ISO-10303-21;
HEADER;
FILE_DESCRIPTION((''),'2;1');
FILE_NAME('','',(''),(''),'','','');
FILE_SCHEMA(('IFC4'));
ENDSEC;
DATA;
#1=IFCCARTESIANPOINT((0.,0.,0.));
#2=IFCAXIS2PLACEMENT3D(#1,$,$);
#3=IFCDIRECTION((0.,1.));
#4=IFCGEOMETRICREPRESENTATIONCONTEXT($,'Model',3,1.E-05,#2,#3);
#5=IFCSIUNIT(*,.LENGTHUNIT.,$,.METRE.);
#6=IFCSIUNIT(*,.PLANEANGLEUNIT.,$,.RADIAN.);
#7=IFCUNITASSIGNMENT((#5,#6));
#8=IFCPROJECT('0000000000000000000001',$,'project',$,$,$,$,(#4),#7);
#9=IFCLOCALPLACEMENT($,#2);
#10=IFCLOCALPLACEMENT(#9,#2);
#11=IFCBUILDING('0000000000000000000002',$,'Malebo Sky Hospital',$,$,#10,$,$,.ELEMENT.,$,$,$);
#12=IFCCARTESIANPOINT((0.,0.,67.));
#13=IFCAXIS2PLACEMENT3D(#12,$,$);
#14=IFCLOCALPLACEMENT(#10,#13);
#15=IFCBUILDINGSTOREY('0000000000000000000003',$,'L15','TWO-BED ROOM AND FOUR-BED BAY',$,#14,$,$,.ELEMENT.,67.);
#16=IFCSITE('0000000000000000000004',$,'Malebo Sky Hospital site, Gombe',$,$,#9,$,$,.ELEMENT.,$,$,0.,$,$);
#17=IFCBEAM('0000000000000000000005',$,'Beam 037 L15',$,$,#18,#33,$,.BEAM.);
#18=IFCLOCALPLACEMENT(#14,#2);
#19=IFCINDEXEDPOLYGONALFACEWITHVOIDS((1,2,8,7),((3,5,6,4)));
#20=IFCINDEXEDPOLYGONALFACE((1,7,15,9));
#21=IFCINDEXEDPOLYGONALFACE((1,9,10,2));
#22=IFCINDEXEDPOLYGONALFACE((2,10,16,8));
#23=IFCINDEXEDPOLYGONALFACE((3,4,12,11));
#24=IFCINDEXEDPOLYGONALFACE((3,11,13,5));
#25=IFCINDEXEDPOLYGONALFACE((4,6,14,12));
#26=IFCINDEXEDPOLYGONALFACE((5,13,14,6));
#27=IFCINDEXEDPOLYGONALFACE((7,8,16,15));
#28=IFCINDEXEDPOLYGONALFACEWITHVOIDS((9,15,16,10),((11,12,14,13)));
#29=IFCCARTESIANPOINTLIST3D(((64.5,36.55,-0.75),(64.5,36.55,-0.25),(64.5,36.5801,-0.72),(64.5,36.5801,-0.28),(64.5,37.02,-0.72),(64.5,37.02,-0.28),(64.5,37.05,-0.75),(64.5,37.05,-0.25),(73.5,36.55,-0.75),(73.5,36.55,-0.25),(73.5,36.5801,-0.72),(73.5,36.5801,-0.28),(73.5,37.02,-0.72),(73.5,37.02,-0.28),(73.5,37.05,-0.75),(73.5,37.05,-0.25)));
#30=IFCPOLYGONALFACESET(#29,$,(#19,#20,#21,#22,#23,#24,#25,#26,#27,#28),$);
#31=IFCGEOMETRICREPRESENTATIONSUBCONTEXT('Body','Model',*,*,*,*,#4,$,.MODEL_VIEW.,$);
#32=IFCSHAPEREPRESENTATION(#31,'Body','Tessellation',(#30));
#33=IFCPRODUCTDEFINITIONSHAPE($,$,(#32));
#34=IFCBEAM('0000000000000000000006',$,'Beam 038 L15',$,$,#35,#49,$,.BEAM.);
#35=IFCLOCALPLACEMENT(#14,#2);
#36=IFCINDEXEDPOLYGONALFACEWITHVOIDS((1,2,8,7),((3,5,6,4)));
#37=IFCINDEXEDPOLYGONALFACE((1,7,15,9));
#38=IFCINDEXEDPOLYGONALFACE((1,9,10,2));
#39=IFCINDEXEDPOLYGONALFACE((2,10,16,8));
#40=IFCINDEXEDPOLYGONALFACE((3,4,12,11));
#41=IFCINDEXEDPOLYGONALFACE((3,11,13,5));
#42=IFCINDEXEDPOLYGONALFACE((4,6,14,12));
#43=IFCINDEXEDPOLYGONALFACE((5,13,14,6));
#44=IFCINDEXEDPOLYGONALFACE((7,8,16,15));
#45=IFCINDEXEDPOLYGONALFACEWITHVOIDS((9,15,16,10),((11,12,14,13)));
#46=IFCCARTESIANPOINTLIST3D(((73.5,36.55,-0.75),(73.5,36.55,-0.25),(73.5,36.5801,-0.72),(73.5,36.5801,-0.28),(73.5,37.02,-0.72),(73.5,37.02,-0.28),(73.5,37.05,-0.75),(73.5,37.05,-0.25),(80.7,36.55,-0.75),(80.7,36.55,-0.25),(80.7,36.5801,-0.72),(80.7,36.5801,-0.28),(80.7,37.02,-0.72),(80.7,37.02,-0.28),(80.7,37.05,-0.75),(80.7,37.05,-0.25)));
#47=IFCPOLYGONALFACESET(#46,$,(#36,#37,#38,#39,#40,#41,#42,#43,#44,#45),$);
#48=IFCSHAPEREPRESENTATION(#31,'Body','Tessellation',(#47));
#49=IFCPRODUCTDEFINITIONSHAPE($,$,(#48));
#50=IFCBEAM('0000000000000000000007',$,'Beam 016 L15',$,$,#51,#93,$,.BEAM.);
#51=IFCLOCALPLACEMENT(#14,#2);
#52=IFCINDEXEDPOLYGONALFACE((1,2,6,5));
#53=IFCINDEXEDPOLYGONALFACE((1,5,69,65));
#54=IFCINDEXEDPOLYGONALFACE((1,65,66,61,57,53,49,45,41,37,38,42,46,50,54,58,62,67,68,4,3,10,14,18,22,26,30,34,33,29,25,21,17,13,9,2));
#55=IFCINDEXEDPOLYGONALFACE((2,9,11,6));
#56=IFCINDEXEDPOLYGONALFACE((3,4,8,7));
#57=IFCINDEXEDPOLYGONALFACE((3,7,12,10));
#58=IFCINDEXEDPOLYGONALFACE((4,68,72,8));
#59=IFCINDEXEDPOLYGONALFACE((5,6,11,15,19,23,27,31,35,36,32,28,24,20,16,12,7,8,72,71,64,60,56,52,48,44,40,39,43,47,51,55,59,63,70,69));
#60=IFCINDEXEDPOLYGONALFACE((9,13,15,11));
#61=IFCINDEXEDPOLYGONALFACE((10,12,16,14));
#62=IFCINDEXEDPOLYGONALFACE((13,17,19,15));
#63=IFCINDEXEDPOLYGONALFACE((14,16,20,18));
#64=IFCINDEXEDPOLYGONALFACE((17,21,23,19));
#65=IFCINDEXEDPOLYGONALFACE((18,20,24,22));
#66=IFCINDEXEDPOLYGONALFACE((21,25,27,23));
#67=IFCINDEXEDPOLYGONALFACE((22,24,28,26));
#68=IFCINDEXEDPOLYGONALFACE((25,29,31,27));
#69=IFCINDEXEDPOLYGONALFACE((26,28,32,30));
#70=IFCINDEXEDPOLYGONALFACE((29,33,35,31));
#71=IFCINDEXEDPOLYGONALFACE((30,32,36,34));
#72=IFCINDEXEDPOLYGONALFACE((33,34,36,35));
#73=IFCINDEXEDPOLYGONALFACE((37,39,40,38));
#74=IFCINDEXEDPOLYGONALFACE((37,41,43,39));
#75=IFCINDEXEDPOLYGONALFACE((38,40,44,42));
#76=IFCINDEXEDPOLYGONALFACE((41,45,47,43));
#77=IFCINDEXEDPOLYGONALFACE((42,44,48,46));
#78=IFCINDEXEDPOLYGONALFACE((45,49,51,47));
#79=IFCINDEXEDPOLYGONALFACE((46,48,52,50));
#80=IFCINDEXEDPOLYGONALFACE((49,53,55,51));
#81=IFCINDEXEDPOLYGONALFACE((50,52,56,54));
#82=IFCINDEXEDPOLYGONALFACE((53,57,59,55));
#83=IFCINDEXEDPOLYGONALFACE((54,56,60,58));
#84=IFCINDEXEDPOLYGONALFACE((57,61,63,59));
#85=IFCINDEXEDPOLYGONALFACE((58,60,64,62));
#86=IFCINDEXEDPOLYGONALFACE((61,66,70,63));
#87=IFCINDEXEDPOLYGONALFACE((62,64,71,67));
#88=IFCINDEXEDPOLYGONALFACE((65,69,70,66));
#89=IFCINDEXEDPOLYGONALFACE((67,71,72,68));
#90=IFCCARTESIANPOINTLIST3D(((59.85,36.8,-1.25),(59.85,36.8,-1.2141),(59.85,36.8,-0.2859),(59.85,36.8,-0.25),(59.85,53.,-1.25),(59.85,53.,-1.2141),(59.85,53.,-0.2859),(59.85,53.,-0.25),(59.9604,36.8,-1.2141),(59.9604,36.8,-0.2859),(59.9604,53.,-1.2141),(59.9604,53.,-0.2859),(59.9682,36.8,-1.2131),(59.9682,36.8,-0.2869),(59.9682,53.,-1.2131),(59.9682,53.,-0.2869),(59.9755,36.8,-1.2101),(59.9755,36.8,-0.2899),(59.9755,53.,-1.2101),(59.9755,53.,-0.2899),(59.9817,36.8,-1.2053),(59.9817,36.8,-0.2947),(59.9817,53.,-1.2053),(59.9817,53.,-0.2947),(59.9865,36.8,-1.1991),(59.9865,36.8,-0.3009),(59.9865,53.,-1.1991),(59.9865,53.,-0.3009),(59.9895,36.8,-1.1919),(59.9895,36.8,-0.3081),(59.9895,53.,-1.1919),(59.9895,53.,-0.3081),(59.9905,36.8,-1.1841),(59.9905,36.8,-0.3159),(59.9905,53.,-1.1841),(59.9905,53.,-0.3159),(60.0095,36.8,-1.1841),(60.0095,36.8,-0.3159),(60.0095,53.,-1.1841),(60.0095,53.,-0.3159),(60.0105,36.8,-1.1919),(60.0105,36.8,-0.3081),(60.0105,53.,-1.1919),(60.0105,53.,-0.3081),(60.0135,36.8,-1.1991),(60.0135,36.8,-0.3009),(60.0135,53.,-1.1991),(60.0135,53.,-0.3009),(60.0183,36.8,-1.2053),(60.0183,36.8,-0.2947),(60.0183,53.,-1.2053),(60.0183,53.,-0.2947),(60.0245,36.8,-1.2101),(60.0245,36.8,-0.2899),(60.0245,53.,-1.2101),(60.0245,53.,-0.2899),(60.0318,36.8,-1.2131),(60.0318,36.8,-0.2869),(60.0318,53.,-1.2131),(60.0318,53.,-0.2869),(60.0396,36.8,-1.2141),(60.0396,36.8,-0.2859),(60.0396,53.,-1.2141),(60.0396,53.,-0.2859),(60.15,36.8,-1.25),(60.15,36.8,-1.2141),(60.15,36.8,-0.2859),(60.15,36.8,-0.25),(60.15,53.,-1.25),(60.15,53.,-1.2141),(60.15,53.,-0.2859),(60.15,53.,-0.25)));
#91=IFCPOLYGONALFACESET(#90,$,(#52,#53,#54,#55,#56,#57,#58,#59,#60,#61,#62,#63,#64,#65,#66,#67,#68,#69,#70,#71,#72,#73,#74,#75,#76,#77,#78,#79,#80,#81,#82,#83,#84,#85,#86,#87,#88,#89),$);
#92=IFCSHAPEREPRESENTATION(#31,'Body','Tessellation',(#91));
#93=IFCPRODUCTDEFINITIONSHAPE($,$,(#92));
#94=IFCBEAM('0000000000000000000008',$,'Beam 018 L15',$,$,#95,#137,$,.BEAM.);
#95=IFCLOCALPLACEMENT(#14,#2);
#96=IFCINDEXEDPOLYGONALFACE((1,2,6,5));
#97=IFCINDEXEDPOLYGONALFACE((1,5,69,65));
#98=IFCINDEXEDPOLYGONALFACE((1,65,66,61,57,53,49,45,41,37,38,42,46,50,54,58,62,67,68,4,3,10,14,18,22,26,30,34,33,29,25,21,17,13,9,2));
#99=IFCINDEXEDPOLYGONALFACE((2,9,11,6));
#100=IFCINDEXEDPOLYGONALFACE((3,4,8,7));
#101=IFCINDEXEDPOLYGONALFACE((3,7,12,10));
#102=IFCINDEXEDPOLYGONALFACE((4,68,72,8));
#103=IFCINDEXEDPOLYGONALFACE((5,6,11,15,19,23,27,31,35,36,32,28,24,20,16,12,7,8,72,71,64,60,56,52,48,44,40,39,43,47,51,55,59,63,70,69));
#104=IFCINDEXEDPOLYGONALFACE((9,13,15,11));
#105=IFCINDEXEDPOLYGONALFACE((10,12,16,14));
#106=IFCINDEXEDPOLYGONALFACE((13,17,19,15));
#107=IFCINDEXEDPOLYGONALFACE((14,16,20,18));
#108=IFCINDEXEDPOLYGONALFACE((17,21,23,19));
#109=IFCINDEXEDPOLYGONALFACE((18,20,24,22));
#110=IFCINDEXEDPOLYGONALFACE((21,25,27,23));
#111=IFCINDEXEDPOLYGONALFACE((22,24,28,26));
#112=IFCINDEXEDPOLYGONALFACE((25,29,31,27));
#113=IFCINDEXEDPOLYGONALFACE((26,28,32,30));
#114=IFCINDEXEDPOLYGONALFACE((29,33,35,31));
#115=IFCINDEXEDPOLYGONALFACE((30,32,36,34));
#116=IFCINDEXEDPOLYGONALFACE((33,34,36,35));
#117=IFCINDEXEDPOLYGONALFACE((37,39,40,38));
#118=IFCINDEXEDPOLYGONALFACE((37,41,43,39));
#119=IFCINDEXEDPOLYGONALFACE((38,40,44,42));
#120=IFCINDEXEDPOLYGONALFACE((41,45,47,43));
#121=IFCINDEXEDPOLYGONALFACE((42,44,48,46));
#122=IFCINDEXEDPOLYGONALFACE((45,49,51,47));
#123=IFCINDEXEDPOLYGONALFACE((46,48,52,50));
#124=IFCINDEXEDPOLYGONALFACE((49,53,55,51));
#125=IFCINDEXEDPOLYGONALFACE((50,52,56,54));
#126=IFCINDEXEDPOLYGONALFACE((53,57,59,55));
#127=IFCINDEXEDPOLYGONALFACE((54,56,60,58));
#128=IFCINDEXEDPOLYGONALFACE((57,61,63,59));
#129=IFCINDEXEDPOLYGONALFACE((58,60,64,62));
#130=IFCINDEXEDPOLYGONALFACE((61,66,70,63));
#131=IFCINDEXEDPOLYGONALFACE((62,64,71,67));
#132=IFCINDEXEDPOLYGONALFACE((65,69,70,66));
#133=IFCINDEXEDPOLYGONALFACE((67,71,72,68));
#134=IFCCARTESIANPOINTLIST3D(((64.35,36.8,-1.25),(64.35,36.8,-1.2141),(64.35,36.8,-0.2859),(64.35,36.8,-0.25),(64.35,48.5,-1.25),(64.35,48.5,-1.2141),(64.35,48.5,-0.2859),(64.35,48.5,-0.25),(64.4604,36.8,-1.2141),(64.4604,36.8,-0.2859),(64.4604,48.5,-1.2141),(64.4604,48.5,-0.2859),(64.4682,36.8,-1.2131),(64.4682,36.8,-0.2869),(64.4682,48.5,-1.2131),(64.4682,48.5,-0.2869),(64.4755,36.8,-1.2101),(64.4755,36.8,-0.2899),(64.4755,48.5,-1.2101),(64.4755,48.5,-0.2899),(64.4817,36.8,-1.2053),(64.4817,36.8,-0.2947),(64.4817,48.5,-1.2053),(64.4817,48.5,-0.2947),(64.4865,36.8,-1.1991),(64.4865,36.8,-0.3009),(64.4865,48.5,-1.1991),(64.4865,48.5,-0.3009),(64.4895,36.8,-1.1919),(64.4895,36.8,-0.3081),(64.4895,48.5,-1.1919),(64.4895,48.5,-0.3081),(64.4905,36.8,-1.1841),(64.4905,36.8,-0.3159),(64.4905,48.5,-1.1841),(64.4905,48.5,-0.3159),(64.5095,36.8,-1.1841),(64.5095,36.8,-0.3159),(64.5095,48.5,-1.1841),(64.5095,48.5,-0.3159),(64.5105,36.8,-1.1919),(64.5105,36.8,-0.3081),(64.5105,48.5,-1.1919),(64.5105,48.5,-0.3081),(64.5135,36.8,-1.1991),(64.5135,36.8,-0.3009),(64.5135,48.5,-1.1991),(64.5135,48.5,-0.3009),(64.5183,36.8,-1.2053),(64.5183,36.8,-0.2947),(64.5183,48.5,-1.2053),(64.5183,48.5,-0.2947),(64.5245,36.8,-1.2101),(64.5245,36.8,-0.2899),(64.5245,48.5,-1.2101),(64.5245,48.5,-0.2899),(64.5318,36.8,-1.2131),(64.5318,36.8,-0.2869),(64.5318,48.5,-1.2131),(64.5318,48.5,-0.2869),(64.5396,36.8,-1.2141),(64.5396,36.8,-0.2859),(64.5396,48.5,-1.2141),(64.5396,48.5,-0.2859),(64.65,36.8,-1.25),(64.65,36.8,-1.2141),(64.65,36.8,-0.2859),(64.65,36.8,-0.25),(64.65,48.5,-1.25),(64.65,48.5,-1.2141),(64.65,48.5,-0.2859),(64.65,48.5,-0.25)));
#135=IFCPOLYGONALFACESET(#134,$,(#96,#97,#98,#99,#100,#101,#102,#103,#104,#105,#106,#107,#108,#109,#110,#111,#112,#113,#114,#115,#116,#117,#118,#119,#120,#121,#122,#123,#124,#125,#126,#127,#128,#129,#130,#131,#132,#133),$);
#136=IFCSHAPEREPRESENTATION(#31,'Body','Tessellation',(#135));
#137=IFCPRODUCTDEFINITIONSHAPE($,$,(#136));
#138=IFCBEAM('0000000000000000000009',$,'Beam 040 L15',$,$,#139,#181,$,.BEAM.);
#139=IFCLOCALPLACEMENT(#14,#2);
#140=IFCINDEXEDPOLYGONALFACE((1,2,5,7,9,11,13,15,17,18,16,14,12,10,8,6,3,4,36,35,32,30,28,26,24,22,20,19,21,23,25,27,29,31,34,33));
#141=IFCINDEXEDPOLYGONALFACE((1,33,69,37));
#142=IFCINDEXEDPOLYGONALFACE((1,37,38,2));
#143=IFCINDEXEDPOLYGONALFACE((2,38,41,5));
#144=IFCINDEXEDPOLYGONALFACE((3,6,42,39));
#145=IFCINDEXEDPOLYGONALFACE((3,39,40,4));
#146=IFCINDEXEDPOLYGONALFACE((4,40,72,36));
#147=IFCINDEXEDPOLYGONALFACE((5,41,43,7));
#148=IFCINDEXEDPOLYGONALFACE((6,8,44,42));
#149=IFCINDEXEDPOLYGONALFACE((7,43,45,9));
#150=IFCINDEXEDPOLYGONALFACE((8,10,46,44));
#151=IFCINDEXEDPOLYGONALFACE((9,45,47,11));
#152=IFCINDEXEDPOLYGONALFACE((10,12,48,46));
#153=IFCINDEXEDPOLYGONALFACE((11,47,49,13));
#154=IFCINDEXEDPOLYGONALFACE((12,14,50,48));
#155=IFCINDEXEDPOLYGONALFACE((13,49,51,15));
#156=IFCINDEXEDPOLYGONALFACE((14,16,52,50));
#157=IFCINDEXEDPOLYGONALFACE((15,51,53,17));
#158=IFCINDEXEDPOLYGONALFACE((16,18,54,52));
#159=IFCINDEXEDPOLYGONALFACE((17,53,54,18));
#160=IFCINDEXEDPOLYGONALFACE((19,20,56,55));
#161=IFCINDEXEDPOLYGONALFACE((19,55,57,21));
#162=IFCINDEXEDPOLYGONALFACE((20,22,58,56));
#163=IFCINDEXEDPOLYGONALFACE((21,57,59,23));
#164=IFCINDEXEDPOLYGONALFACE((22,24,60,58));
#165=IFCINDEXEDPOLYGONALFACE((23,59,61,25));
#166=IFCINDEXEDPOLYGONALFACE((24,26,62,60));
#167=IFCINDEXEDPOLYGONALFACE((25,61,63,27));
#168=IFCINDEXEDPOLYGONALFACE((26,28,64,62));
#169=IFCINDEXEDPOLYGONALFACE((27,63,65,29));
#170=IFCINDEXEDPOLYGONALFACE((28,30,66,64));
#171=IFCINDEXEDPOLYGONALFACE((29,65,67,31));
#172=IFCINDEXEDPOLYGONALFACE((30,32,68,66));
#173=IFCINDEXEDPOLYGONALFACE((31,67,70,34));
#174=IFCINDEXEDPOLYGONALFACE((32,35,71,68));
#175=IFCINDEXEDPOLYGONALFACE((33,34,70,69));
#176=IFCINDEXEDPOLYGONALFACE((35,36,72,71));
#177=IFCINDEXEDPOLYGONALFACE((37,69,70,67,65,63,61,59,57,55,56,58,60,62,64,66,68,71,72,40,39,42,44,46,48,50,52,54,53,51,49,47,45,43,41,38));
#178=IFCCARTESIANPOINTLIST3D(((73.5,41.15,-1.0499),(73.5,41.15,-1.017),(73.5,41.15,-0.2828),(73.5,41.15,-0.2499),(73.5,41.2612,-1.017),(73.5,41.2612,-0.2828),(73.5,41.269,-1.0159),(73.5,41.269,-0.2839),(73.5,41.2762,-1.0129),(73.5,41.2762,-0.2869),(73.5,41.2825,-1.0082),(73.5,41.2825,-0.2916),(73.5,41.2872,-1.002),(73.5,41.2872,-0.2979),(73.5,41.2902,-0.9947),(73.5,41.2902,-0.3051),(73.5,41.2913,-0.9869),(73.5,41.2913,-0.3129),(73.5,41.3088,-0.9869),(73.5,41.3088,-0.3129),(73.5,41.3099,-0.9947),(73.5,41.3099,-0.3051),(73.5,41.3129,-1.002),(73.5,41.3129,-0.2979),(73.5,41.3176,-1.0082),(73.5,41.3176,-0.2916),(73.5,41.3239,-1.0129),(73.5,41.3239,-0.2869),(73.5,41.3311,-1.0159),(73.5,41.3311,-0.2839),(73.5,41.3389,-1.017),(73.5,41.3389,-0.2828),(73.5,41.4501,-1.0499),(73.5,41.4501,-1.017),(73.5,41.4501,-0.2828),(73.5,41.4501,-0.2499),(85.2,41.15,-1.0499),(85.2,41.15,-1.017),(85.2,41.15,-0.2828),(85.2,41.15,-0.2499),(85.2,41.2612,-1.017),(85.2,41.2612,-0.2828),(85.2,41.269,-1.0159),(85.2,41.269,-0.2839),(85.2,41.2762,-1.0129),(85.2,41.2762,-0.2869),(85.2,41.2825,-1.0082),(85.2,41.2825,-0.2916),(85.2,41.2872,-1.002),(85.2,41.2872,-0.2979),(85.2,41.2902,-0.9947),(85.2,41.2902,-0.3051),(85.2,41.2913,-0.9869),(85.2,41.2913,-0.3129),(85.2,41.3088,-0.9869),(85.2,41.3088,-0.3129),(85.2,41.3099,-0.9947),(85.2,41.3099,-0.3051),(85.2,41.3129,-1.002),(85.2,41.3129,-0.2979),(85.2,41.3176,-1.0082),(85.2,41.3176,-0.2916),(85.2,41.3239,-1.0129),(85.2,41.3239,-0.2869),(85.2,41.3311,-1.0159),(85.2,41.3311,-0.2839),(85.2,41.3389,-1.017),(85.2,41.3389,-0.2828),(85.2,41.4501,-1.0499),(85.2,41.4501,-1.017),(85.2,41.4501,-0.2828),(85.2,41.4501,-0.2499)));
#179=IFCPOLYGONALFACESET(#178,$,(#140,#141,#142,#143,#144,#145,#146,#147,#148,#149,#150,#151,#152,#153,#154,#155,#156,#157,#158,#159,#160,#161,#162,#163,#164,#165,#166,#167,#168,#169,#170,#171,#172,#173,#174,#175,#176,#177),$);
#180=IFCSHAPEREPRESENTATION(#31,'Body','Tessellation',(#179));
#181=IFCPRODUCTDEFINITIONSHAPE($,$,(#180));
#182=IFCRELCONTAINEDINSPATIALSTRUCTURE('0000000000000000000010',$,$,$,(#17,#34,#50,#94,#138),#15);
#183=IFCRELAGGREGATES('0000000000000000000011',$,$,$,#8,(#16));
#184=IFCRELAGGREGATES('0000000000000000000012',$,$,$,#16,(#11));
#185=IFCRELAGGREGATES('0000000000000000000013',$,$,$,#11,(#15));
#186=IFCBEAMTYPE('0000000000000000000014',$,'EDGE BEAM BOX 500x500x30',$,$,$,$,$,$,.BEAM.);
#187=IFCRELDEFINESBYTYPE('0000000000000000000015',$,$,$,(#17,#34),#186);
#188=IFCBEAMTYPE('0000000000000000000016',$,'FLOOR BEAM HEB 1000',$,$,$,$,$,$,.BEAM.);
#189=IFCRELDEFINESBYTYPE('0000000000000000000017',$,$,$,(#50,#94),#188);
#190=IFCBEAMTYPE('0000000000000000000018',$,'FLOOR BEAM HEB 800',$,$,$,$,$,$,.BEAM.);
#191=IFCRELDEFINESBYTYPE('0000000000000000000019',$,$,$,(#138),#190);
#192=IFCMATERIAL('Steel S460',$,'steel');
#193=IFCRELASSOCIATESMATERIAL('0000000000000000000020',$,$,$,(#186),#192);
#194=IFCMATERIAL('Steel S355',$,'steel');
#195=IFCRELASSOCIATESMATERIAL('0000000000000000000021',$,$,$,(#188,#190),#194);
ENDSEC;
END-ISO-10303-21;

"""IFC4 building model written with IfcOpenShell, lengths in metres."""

from ifc_helpers import new_model, si_unit, direction, frame, origin, origin_2d, place, context, subcontext, project, spatial, hollow_rectangle, i_section, extrude, material, material_profile, profile_set, type_object, element, save


model = new_model("IFC4")

# Units and contexts
model_context = context("Model", 3, precision=1e-05, world=origin(), true_north=direction((0.0, 1.0)))
body_context = subcontext(model_context, "Body", "Model", "MODEL_VIEW")
ifc_project = project(units=[si_unit("LENGTHUNIT", "METRE"), si_unit("PLANEANGLEUNIT", "RADIAN")], contexts=[model_context])

# Site, building, storey
site_placement = place(None, origin())
site = spatial("IfcSite", under=ifc_project, at=site_placement, Name="Malebo Sky Hospital site, Gombe", CompositionType="ELEMENT", RefElevation=0.0)
building_placement = place(site_placement, origin())
building = spatial("IfcBuilding", under=site, at=building_placement, Name="Malebo Sky Hospital", CompositionType="ELEMENT")
storey_placement = place(building_placement, frame((0.0, 0.0, 67.0)))
storey = spatial("IfcBuildingStorey", under=building, at=storey_placement, Name="L15", Description="TWO-BED ROOM AND FOUR-BED BAY", CompositionType="ELEMENT", Elevation=67.0)

# Shared definitions
ifc_material_1 = material(Name="Steel S460", Category="steel")

# Beams
ifc_material_profile_1 = material_profile(ifc_material_1, hollow_rectangle(XDim=0.5, YDim=0.5, WallThickness=0.03, at=origin_2d()), Name="BOX 500x500x30")
ifc_profile_set_1 = profile_set([ifc_material_profile_1], Name="Steel S460")
beam_type_1 = type_object("IfcBeamType", Name="EDGE BEAM BOX 500x500x30", PredefinedType="BEAM", material=ifc_profile_set_1)
beam_1_placement = place(storey_placement, frame((64.5, 36.8, -0.5), z_axis=(1.0, 0.0, 0.0), x_axis=(0.0, 1.0, 0.0)))
element("IfcBeam", 1, at=beam_1_placement, inside=storey, type_object=beam_type_1, Name="Beam 037 L15", PredefinedType="BEAM", context=body_context, shape_type="SweptSolid", body=[
    extrude(hollow_rectangle(XDim=0.5, YDim=0.5, WallThickness=0.03, at=origin_2d()), origin(), (0.0, 0.0, 1.0), 9.0),
])
beam_2_placement = place(storey_placement, frame((73.5, 36.8, -0.5), z_axis=(1.0, 0.0, 0.0), x_axis=(0.0, 1.0, 0.0)))
element("IfcBeam", 2, at=beam_2_placement, inside=storey, type_object=beam_type_1, Name="Beam 038 L15", PredefinedType="BEAM", context=body_context, shape_type="SweptSolid", body=[
    extrude(hollow_rectangle(XDim=0.5, YDim=0.5, WallThickness=0.03, at=origin_2d()), origin(), (0.0, 0.0, 1.0), 7.2),
])
ifc_material_2 = material(Name="Steel S355", Category="steel")
ifc_material_profile_2 = material_profile(ifc_material_2, i_section(OverallWidth=0.3, OverallDepth=1.0, WebThickness=0.019, FlangeThickness=0.0359, FilletRadius=0.03, at=origin_2d()), Name="HEB 1000")
ifc_profile_set_2 = profile_set([ifc_material_profile_2], Name="Steel S355")
beam_type_2 = type_object("IfcBeamType", Name="FLOOR BEAM HEB 1000", PredefinedType="BEAM", material=ifc_profile_set_2)
beam_3_placement = place(storey_placement, frame((60.0, 36.8, -0.75), z_axis=(0.0, 1.0, 0.0), x_axis=(-1.0, 0.0, 0.0)))
element("IfcBeam", 3, at=beam_3_placement, inside=storey, type_object=beam_type_2, Name="Beam 016 L15", PredefinedType="BEAM", context=body_context, shape_type="SweptSolid", body=[
    extrude(i_section(OverallWidth=0.3, OverallDepth=1.0, WebThickness=0.019, FlangeThickness=0.0359, FilletRadius=0.03, at=origin_2d()), origin(), (0.0, 0.0, 1.0), 16.2),
])
beam_4_placement = place(storey_placement, frame((64.5, 36.8, -0.75), z_axis=(0.0, 1.0, 0.0), x_axis=(-1.0, 0.0, 0.0)))
element("IfcBeam", 4, at=beam_4_placement, inside=storey, type_object=beam_type_2, Name="Beam 018 L15", PredefinedType="BEAM", context=body_context, shape_type="SweptSolid", body=[
    extrude(i_section(OverallWidth=0.3, OverallDepth=1.0, WebThickness=0.019, FlangeThickness=0.0359, FilletRadius=0.03, at=origin_2d()), origin(), (0.0, 0.0, 1.0), 11.7),
])
ifc_material_profile_3 = material_profile(ifc_material_2, i_section(OverallWidth=0.3, OverallDepth=0.8, WebThickness=0.0176, FlangeThickness=0.033, FilletRadius=0.03, at=origin_2d()), Name="HEB 800")
ifc_profile_set_3 = profile_set([ifc_material_profile_3], Name="Steel S355")
beam_type_3 = type_object("IfcBeamType", Name="FLOOR BEAM HEB 800", PredefinedType="BEAM", material=ifc_profile_set_3)
beam_5_placement = place(storey_placement, frame((73.5, 41.3, -0.6499), z_axis=(1.0, 0.0, 0.0), x_axis=(0.0, 1.0, 0.0)))
element("IfcBeam", 5, at=beam_5_placement, inside=storey, type_object=beam_type_3, Name="Beam 040 L15", PredefinedType="BEAM", context=body_context, shape_type="SweptSolid", body=[
    extrude(i_section(OverallWidth=0.3, OverallDepth=0.8, WebThickness=0.0176, FlangeThickness=0.033, FilletRadius=0.03, at=origin_2d()), origin(), (0.0, 0.0, 1.0), 11.7),
])

save(model, "model.ifc")
